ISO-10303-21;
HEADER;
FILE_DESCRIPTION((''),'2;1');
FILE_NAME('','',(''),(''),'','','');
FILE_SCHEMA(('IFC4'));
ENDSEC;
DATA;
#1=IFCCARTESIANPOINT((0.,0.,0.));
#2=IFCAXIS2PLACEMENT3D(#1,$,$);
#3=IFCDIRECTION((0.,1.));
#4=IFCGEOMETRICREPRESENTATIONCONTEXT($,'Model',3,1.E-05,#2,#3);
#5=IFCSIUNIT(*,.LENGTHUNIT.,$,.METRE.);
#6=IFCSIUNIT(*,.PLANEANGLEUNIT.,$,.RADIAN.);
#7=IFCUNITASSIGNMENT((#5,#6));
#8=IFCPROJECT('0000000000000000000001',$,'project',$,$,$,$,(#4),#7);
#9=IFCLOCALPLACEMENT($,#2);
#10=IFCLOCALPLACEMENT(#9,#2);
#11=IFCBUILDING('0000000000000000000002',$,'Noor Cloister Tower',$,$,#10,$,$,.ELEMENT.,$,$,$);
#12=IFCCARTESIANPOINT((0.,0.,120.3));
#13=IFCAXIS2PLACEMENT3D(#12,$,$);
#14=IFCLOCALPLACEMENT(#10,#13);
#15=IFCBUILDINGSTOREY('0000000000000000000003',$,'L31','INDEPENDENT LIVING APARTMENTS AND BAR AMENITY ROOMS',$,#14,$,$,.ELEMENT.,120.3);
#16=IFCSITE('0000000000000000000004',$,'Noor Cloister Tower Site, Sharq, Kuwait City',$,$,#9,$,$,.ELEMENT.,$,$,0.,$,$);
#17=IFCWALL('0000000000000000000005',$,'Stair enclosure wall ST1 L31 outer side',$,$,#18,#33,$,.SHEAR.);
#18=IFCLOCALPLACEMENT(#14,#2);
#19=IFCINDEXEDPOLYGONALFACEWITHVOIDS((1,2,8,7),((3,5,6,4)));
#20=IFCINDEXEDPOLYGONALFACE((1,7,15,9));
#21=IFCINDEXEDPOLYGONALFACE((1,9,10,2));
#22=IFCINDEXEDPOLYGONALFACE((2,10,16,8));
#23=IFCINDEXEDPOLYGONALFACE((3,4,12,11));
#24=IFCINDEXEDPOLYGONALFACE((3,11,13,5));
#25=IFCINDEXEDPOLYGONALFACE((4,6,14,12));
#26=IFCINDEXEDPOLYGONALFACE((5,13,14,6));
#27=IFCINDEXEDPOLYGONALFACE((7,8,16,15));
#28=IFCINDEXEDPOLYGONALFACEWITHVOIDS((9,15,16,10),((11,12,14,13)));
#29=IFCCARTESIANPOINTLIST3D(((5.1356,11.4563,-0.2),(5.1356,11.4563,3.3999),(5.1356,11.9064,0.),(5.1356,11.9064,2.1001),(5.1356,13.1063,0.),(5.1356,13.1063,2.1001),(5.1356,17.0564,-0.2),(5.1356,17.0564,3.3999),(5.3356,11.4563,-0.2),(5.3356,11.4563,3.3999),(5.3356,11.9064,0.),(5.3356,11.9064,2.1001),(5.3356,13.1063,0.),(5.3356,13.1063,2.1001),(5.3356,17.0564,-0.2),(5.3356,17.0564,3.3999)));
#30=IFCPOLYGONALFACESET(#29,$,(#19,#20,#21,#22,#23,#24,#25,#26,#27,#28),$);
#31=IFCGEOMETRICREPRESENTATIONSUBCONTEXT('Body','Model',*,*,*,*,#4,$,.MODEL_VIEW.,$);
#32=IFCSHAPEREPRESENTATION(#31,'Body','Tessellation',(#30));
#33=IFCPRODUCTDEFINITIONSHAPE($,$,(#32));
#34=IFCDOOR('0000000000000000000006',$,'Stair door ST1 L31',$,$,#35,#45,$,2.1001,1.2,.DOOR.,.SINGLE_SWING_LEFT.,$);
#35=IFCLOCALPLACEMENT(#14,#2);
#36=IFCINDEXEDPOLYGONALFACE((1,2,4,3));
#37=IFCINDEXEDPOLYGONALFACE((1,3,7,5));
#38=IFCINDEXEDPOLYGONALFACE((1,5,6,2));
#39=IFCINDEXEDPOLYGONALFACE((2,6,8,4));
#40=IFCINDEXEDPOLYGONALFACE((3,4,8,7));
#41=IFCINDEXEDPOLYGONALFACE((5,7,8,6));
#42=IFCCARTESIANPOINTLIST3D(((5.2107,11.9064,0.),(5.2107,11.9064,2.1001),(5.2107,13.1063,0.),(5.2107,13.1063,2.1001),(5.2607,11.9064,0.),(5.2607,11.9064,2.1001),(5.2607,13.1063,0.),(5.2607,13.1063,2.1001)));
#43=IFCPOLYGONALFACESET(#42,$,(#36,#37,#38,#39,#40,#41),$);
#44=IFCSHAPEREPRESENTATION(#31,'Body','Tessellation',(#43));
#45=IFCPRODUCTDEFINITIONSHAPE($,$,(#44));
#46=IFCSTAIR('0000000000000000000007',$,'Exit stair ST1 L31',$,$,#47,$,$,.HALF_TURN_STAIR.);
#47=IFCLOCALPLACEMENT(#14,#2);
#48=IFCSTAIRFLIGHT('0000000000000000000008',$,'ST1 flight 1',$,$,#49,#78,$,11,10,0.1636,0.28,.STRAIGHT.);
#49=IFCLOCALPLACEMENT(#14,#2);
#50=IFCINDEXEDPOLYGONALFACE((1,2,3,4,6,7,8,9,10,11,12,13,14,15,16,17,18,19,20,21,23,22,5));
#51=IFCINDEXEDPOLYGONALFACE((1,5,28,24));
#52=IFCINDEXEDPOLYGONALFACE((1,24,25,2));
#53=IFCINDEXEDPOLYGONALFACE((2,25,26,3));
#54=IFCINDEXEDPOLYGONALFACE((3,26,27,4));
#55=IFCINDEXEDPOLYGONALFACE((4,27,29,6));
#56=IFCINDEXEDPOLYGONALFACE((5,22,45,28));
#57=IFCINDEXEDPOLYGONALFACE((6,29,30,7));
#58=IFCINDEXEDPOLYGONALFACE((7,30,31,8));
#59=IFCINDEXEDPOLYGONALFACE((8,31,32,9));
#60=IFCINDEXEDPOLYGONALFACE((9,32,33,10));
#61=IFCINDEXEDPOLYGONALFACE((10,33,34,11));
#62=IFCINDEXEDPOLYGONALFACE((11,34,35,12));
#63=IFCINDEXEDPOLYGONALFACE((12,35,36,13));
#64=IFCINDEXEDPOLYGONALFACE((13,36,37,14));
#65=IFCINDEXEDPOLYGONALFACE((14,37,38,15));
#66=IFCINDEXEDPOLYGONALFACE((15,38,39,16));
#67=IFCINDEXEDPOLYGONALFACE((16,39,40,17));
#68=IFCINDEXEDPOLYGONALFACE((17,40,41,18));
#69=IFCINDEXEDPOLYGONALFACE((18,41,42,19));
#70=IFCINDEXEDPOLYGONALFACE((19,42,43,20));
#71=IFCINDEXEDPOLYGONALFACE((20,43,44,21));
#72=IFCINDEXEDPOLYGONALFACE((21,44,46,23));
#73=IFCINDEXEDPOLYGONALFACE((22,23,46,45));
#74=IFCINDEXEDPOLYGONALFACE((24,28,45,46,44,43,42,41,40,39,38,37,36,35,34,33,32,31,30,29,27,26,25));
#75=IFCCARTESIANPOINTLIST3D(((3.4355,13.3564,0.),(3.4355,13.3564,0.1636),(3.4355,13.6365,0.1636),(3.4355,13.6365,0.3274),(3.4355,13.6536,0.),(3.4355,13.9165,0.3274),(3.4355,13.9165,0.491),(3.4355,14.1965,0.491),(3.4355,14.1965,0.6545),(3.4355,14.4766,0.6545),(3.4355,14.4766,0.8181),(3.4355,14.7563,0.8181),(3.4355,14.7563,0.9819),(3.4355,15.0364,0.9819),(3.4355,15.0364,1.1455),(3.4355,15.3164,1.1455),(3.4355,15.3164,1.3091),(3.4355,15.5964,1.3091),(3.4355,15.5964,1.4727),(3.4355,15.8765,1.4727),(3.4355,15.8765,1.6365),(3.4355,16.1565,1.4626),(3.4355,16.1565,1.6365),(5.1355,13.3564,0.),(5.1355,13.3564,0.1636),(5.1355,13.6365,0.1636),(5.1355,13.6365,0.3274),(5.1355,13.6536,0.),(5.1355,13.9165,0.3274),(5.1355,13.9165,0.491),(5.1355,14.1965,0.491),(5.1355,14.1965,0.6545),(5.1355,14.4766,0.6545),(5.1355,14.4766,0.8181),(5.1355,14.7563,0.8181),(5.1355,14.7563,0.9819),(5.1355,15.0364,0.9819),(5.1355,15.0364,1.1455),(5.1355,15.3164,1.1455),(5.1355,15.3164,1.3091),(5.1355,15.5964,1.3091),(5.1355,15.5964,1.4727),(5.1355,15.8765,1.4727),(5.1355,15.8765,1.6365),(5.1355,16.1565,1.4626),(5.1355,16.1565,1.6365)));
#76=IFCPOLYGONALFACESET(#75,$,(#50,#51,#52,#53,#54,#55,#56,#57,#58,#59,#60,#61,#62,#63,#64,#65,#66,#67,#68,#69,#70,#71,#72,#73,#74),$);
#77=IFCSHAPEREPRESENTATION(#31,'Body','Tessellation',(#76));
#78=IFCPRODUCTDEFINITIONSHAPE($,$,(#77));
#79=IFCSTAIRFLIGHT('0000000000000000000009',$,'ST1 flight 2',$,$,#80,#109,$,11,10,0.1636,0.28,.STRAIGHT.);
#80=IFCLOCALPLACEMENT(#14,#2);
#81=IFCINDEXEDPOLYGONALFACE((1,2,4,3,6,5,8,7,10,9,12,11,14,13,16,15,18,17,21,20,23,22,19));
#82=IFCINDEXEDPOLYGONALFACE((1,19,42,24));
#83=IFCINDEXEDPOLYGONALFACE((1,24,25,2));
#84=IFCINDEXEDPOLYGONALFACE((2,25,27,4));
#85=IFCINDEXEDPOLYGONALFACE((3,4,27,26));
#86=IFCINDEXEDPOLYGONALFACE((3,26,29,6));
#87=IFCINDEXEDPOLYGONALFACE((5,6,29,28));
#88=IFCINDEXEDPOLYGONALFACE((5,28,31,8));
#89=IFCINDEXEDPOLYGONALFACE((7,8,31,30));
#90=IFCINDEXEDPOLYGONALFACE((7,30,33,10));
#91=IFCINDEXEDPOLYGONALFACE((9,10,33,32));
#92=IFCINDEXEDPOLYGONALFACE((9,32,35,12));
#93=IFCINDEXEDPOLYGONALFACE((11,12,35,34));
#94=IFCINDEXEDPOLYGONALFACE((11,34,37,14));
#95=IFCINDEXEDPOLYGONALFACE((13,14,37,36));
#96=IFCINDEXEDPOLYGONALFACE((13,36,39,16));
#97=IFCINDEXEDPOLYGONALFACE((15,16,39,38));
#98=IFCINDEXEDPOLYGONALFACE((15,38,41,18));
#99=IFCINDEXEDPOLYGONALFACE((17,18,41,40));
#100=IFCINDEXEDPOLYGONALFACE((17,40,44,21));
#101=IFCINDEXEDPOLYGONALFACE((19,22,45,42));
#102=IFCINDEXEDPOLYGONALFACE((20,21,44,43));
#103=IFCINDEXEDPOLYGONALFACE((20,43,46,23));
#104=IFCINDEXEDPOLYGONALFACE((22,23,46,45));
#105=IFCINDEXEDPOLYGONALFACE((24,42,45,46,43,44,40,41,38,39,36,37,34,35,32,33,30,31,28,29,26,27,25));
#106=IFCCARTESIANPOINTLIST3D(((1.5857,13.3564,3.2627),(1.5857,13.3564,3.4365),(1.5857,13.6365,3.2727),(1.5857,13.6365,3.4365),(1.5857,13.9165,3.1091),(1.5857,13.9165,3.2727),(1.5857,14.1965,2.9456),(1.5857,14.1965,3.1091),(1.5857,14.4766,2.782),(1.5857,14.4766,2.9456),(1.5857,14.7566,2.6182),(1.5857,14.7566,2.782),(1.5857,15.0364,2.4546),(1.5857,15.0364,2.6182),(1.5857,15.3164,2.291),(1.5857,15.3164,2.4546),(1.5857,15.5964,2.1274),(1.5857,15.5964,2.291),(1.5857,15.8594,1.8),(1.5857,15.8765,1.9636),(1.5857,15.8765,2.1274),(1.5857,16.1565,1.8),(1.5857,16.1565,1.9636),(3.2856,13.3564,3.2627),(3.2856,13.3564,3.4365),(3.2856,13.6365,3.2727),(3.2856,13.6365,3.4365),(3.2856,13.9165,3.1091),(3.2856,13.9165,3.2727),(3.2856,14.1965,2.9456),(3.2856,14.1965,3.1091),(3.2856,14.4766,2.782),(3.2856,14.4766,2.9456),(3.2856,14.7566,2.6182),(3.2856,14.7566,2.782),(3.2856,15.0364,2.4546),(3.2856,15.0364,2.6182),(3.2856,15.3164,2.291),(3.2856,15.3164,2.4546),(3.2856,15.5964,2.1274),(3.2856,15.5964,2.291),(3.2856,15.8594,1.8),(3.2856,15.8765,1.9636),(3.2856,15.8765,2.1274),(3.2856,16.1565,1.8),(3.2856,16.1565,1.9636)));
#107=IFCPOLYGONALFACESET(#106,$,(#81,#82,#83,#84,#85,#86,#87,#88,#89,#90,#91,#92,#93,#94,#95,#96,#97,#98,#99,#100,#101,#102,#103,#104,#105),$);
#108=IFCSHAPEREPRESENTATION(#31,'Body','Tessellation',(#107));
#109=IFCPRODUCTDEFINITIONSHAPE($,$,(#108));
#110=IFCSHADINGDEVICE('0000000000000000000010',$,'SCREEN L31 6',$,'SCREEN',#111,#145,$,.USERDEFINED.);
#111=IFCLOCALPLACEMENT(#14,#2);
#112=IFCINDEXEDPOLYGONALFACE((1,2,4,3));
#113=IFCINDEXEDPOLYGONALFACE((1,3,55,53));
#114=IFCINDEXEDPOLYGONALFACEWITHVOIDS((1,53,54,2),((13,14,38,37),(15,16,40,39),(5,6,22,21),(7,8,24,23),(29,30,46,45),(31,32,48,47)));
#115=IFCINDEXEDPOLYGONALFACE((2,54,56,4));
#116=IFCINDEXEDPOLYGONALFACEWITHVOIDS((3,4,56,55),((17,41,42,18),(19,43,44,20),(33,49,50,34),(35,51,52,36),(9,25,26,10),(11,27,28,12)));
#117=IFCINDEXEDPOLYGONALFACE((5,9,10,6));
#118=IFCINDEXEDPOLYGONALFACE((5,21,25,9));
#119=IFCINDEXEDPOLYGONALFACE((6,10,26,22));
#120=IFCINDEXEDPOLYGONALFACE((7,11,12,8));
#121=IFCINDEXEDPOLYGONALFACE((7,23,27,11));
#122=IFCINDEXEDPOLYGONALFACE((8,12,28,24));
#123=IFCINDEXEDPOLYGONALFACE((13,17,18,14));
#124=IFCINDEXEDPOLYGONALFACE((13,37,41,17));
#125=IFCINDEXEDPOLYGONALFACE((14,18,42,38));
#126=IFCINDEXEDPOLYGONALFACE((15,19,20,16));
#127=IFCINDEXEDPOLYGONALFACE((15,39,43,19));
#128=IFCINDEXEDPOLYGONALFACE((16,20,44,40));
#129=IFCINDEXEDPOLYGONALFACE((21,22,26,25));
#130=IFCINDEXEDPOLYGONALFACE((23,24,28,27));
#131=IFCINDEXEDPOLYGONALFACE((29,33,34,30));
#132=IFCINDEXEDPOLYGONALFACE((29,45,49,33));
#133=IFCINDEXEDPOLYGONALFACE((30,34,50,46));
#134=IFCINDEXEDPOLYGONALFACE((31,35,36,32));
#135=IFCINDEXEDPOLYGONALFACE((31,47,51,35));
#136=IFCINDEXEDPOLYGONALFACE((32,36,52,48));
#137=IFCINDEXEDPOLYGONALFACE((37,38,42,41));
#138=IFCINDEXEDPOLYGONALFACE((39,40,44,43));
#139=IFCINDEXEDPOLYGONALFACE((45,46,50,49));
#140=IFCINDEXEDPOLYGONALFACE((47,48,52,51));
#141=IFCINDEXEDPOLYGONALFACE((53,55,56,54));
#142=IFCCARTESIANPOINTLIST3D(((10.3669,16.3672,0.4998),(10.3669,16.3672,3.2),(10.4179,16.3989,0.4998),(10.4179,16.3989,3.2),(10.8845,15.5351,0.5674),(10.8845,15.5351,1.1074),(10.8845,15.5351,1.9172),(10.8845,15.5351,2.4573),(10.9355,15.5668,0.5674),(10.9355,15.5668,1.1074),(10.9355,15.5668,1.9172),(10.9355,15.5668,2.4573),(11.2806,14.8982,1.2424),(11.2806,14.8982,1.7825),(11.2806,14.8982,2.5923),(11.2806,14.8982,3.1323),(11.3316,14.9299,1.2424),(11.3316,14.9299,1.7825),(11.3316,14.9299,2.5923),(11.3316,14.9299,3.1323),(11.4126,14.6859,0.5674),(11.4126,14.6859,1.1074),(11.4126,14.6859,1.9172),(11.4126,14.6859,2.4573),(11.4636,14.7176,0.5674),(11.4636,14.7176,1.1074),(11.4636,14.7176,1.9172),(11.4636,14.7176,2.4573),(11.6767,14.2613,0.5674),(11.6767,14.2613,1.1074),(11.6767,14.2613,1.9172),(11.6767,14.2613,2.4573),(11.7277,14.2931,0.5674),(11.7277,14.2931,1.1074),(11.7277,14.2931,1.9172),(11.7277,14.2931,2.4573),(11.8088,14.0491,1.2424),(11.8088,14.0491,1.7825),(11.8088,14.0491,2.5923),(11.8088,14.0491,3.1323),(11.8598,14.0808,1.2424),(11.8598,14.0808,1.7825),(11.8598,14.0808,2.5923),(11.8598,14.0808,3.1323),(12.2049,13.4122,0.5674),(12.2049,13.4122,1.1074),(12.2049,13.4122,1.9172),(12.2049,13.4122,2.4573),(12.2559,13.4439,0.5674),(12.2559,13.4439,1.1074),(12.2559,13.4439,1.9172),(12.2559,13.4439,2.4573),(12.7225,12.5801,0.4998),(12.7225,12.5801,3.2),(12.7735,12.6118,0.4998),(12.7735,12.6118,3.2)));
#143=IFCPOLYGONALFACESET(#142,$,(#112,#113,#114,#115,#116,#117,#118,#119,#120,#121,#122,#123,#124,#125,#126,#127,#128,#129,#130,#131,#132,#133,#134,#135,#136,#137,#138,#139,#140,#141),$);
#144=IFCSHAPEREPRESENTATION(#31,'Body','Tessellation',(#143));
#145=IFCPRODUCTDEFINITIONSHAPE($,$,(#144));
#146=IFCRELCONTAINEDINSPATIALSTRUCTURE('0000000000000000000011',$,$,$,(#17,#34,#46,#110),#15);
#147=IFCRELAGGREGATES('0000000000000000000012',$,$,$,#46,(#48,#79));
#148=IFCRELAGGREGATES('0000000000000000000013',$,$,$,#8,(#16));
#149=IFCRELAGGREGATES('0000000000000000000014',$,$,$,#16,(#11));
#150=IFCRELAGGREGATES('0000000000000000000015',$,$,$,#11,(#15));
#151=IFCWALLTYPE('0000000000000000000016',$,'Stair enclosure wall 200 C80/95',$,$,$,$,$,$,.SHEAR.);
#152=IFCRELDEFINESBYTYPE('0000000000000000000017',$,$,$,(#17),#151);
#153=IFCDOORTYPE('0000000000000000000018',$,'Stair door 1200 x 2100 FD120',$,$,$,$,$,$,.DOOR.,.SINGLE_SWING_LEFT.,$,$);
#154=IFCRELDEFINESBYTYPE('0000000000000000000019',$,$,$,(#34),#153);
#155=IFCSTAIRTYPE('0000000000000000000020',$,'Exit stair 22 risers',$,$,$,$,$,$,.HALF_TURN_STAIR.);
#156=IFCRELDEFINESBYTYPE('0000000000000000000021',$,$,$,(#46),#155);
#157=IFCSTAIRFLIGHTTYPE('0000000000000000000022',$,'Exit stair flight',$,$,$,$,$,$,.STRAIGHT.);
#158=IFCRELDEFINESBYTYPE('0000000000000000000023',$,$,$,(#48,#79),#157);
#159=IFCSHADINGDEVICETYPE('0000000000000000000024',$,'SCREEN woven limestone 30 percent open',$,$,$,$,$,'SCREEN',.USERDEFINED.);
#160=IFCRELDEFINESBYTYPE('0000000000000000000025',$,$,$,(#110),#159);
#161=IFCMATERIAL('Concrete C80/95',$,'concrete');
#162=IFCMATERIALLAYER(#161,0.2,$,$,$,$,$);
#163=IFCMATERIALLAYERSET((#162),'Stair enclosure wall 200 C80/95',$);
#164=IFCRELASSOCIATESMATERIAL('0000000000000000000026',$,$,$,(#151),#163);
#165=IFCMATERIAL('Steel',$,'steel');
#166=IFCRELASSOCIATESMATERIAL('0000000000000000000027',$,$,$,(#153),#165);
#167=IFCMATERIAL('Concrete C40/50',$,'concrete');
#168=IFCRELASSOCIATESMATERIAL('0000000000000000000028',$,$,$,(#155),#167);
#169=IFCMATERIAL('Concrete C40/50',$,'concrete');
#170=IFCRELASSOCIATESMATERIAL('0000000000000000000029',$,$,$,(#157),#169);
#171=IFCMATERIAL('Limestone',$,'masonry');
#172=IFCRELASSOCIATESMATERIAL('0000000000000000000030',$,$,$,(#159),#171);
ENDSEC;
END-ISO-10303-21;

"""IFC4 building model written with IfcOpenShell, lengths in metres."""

from ifc_helpers import new_model, si_unit, direction, frame, frame_2d, origin, place, context, subcontext, project, spatial, polyline, rectangle, outline, extrude, material, layer, layer_set, material_profile, profile_set, type_object, element, fill, aggregate, save


model = new_model("IFC4")

# Units and contexts
model_context = context("Model", 3, precision=1e-05, world=origin(), true_north=direction((0.0, 1.0)))
body_context = subcontext(model_context, "Body", "Model", "MODEL_VIEW")
ifc_project = project(units=[si_unit("LENGTHUNIT", "METRE"), si_unit("PLANEANGLEUNIT", "RADIAN")], contexts=[model_context])

# Site, building, storey
site_placement = place(None, origin())
site = spatial("IfcSite", under=ifc_project, at=site_placement, Name="Noor Cloister Tower Site, Sharq, Kuwait City", CompositionType="ELEMENT", RefElevation=0.0)
building_placement = place(site_placement, origin())
building = spatial("IfcBuilding", under=site, at=building_placement, Name="Noor Cloister Tower", CompositionType="ELEMENT")
storey_placement = place(building_placement, frame((0.0, 0.0, 120.3)))
storey = spatial("IfcBuildingStorey", under=building, at=storey_placement, Name="L31", Description="INDEPENDENT LIVING APARTMENTS AND BAR AMENITY ROOMS", CompositionType="ELEMENT", Elevation=120.3)

# Wall, opening, door
ifc_material_1 = material(Name="Concrete C80/95", Category="concrete")
ifc_layer_1 = layer(ifc_material_1, 0.2)
ifc_layer_set_1 = layer_set([ifc_layer_1], Name="Stair enclosure wall 200 C80/95")
wall_type_1 = type_object("IfcWallType", Name="Stair enclosure wall 200 C80/95", PredefinedType="SHEAR", material=ifc_layer_set_1)
ifc_material_2 = material(Name="Steel", Category="steel")
door_type_1 = type_object("IfcDoorType", Name="Stair door 1200 x 2100 FD120", OperationType="SINGLE_SWING_LEFT", PredefinedType="DOOR", material=ifc_material_2)
wall_1_placement = place(storey_placement, frame((5.2356, 11.4563, -0.2), z_axis=(0.0, 0.0, 1.0), x_axis=(0.0, 1.0, 0.0)))
wall_1 = element("IfcWall", 1, at=wall_1_placement, inside=storey, type_object=wall_type_1, Name="Stair enclosure wall ST1 L31 outer side", PredefinedType="SHEAR", context=body_context, shape_type="SweptSolid", body=[
    extrude(rectangle(XDim=5.6001, YDim=0.2, at=frame_2d((2.8, 0.0))), origin(), (0.0, 0.0, 1.0), 3.5999),
])
opening_1_placement = place(wall_1_placement, frame((0.45, 0.0, 0.2)))
opening_1 = element("IfcOpeningElement", 2, at=opening_1_placement, cuts=wall_1, PredefinedType="OPENING", context=body_context, shape_type="SweptSolid", body=[
    extrude(rectangle(XDim=1.2, YDim=2.1001, at=frame_2d((0.6001, 1.05))), frame((0.0, 0.1099, 0.0), z_axis=(0.0, -1.0, 0.0), x_axis=(1.0, 0.0, 0.0)), (0.0, 0.0, 1.0), 0.22),
])
door_1_placement = place(opening_1_placement, origin())
door_1 = element("IfcDoor", 3, at=door_1_placement, inside=storey, type_object=door_type_1, Name="Stair door ST1 L31", OperationType="SINGLE_SWING_LEFT", OverallHeight=2.1001, OverallWidth=1.2, PredefinedType="DOOR", context=body_context, shape_type="SweptSolid", body=[
    extrude(rectangle(XDim=1.2, YDim=2.1001, at=frame_2d((0.6001, 1.05))), frame((0.0, 0.0249, 0.0), z_axis=(0.0, -1.0, 0.0), x_axis=(1.0, 0.0, 0.0)), (0.0, 0.0, 1.0), 0.05),
])
fill(opening_1, door_1)

# Stair, stair flights
ifc_material_3 = material(Name="Concrete C40/50", Category="concrete")
stair_type = type_object("IfcStairType", Name="Exit stair 22 risers", PredefinedType="HALF_TURN_STAIR", material=ifc_material_3)
stair_placement = place(storey_placement, origin())
stair = element("IfcStair", 4, at=stair_placement, inside=storey, type_object=stair_type, Name="Exit stair ST1 L31", PredefinedType="HALF_TURN_STAIR")
ifc_material_4 = material(Name="Concrete C40/50", Category="concrete")
stair_flight_type = type_object("IfcStairFlightType", Name="Exit stair flight", PredefinedType="STRAIGHT", material=ifc_material_4)
stair_flight_1_placement = place(storey_placement, frame((4.2856, 13.3564, 0.0), z_axis=(0.0, 0.0, 1.0), x_axis=(0.0, 1.0, 0.0)))
stair_flight_1 = element("IfcStairFlight", 5, at=stair_flight_1_placement, type_object=stair_flight_type, Name="ST1 flight 1", NumberOfRisers=11, NumberOfTreads=10, PredefinedType="STRAIGHT", RiserHeight=0.1636, TreadLength=0.28, context=body_context, shape_type="SweptSolid", body=[
    extrude(outline(polyline([(0.0, 0.0), (0.0, 0.1636), (0.28, 0.1636), (0.28, 0.3274), (0.5601, 0.3274), (0.5601, 0.491), (0.8401, 0.491), (0.8401, 0.6545), (1.1201, 0.6545), (1.1201, 0.8181), (1.3999, 0.8181), (1.3999, 0.9819), (1.6799, 0.9819), (1.6799, 1.1455), (1.96, 1.1455), (1.96, 1.3091), (2.24, 1.3091), (2.24, 1.4727), (2.52, 1.4727), (2.52, 1.6365), (2.8, 1.6365), (2.8, 1.8), (2.8, 1.4626), (0.2971, 0.0), (0.0, 0.0)])), frame((0.0, 0.8501, 0.0), z_axis=(0.0, -1.0, 0.0), x_axis=(1.0, 0.0, 0.0)), (0.0, 0.0, 1.0), 1.7),
])
stair_flight_2_placement = place(storey_placement, frame((2.4355, 16.1565, 1.8), z_axis=(0.0, 0.0, 1.0), x_axis=(0.0, -1.0, 0.0)))
stair_flight_2 = element("IfcStairFlight", 6, at=stair_flight_2_placement, type_object=stair_flight_type, Name="ST1 flight 2", NumberOfRisers=11, NumberOfTreads=10, PredefinedType="STRAIGHT", RiserHeight=0.1636, TreadLength=0.28, context=body_context, shape_type="SweptSolid", body=[
    extrude(outline(polyline([(0.0, 0.0), (0.0, 0.1636), (0.28, 0.1636), (0.28, 0.3274), (0.5601, 0.3274), (0.5601, 0.491), (0.8401, 0.491), (0.8401, 0.6545), (1.1201, 0.6545), (1.1201, 0.8181), (1.3999, 0.8181), (1.3999, 0.9819), (1.6799, 0.9819), (1.6799, 1.1455), (1.96, 1.1455), (1.96, 1.3091), (2.24, 1.3091), (2.24, 1.4727), (2.52, 1.4727), (2.52, 1.6365), (2.8, 1.6365), (2.8, 1.8), (2.8, 1.4626), (0.2971, 0.0), (0.0, 0.0)])), frame((0.0, 0.8501, 0.0), z_axis=(0.0, -1.0, 0.0), x_axis=(1.0, 0.0, 0.0)), (0.0, 0.0, 1.0), 1.7),
])
aggregate(stair, [stair_flight_1, stair_flight_2])

# Shading device
ifc_material_5 = material(Name="Limestone", Category="masonry")
ifc_material_profile_1 = material_profile(ifc_material_5, outline(polyline([(-2.23, -1.3501), (2.23, -1.3501), (2.23, 1.3501), (-2.23, 1.3501), (-2.23, -1.3501)]), holes=[polyline([(-1.25, -1.2825), (-0.25, -1.2825), (-0.25, -0.7424), (-1.25, -0.7424), (-1.25, -1.2825)]), polyline([(0.25, -1.2825), (1.25, -1.2825), (1.25, -0.7424), (0.25, -0.7424), (0.25, -1.2825)]), polyline([(-0.5, -0.6074), (0.5, -0.6074), (0.5, -0.0674), (-0.5, -0.0674), (-0.5, -0.6074)]), polyline([(-1.25, 0.0674), (-0.25, 0.0674), (-0.25, 0.6074), (-1.25, 0.6074), (-1.25, 0.0674)]), polyline([(0.25, 0.0674), (1.25, 0.0674), (1.25, 0.6074), (0.25, 0.6074), (0.25, 0.0674)]), polyline([(-0.5, 0.7424), (0.5, 0.7424), (0.5, 1.2825), (-0.5, 1.2825), (-0.5, 0.7424)])]), Name="Woven screen 30 percent open")
ifc_profile_set_1 = profile_set([ifc_material_profile_1], Name="Limestone")
shading_device_type = type_object("IfcShadingDeviceType", Name="SCREEN woven limestone 30 percent open", ElementType="SCREEN", PredefinedType="USERDEFINED", material=ifc_profile_set_1)
shading_device_1_placement = place(storey_placement, frame((11.5447, 14.4736, 1.8499), z_axis=(0.849138, 0.528172, 0.0), x_axis=(-0.528172, 0.849138, 0.0)))
element("IfcShadingDevice", 7, at=shading_device_1_placement, inside=storey, type_object=shading_device_type, Name="SCREEN L31 6", ObjectType="SCREEN", PredefinedType="USERDEFINED", context=body_context, shape_type="SweptSolid", body=[
    extrude(outline(polyline([(-2.23, -1.3501), (2.23, -1.3501), (2.23, 1.3501), (-2.23, 1.3501), (-2.23, -1.3501)]), holes=[polyline([(-1.25, -1.2825), (-0.25, -1.2825), (-0.25, -0.7424), (-1.25, -0.7424), (-1.25, -1.2825)]), polyline([(0.25, -1.2825), (1.25, -1.2825), (1.25, -0.7424), (0.25, -0.7424), (0.25, -1.2825)]), polyline([(-0.5, -0.6074), (0.5, -0.6074), (0.5, -0.0674), (-0.5, -0.0674), (-0.5, -0.6074)]), polyline([(-1.25, 0.0674), (-0.25, 0.0674), (-0.25, 0.6074), (-1.25, 0.6074), (-1.25, 0.0674)]), polyline([(0.25, 0.0674), (1.25, 0.0674), (1.25, 0.6074), (0.25, 0.6074), (0.25, 0.0674)]), polyline([(-0.5, 0.7424), (0.5, 0.7424), (0.5, 1.2825), (-0.5, 1.2825), (-0.5, 0.7424)])]), origin(), (0.0, 0.0, 1.0), 0.0601),
])

save(model, "model.ifc")
